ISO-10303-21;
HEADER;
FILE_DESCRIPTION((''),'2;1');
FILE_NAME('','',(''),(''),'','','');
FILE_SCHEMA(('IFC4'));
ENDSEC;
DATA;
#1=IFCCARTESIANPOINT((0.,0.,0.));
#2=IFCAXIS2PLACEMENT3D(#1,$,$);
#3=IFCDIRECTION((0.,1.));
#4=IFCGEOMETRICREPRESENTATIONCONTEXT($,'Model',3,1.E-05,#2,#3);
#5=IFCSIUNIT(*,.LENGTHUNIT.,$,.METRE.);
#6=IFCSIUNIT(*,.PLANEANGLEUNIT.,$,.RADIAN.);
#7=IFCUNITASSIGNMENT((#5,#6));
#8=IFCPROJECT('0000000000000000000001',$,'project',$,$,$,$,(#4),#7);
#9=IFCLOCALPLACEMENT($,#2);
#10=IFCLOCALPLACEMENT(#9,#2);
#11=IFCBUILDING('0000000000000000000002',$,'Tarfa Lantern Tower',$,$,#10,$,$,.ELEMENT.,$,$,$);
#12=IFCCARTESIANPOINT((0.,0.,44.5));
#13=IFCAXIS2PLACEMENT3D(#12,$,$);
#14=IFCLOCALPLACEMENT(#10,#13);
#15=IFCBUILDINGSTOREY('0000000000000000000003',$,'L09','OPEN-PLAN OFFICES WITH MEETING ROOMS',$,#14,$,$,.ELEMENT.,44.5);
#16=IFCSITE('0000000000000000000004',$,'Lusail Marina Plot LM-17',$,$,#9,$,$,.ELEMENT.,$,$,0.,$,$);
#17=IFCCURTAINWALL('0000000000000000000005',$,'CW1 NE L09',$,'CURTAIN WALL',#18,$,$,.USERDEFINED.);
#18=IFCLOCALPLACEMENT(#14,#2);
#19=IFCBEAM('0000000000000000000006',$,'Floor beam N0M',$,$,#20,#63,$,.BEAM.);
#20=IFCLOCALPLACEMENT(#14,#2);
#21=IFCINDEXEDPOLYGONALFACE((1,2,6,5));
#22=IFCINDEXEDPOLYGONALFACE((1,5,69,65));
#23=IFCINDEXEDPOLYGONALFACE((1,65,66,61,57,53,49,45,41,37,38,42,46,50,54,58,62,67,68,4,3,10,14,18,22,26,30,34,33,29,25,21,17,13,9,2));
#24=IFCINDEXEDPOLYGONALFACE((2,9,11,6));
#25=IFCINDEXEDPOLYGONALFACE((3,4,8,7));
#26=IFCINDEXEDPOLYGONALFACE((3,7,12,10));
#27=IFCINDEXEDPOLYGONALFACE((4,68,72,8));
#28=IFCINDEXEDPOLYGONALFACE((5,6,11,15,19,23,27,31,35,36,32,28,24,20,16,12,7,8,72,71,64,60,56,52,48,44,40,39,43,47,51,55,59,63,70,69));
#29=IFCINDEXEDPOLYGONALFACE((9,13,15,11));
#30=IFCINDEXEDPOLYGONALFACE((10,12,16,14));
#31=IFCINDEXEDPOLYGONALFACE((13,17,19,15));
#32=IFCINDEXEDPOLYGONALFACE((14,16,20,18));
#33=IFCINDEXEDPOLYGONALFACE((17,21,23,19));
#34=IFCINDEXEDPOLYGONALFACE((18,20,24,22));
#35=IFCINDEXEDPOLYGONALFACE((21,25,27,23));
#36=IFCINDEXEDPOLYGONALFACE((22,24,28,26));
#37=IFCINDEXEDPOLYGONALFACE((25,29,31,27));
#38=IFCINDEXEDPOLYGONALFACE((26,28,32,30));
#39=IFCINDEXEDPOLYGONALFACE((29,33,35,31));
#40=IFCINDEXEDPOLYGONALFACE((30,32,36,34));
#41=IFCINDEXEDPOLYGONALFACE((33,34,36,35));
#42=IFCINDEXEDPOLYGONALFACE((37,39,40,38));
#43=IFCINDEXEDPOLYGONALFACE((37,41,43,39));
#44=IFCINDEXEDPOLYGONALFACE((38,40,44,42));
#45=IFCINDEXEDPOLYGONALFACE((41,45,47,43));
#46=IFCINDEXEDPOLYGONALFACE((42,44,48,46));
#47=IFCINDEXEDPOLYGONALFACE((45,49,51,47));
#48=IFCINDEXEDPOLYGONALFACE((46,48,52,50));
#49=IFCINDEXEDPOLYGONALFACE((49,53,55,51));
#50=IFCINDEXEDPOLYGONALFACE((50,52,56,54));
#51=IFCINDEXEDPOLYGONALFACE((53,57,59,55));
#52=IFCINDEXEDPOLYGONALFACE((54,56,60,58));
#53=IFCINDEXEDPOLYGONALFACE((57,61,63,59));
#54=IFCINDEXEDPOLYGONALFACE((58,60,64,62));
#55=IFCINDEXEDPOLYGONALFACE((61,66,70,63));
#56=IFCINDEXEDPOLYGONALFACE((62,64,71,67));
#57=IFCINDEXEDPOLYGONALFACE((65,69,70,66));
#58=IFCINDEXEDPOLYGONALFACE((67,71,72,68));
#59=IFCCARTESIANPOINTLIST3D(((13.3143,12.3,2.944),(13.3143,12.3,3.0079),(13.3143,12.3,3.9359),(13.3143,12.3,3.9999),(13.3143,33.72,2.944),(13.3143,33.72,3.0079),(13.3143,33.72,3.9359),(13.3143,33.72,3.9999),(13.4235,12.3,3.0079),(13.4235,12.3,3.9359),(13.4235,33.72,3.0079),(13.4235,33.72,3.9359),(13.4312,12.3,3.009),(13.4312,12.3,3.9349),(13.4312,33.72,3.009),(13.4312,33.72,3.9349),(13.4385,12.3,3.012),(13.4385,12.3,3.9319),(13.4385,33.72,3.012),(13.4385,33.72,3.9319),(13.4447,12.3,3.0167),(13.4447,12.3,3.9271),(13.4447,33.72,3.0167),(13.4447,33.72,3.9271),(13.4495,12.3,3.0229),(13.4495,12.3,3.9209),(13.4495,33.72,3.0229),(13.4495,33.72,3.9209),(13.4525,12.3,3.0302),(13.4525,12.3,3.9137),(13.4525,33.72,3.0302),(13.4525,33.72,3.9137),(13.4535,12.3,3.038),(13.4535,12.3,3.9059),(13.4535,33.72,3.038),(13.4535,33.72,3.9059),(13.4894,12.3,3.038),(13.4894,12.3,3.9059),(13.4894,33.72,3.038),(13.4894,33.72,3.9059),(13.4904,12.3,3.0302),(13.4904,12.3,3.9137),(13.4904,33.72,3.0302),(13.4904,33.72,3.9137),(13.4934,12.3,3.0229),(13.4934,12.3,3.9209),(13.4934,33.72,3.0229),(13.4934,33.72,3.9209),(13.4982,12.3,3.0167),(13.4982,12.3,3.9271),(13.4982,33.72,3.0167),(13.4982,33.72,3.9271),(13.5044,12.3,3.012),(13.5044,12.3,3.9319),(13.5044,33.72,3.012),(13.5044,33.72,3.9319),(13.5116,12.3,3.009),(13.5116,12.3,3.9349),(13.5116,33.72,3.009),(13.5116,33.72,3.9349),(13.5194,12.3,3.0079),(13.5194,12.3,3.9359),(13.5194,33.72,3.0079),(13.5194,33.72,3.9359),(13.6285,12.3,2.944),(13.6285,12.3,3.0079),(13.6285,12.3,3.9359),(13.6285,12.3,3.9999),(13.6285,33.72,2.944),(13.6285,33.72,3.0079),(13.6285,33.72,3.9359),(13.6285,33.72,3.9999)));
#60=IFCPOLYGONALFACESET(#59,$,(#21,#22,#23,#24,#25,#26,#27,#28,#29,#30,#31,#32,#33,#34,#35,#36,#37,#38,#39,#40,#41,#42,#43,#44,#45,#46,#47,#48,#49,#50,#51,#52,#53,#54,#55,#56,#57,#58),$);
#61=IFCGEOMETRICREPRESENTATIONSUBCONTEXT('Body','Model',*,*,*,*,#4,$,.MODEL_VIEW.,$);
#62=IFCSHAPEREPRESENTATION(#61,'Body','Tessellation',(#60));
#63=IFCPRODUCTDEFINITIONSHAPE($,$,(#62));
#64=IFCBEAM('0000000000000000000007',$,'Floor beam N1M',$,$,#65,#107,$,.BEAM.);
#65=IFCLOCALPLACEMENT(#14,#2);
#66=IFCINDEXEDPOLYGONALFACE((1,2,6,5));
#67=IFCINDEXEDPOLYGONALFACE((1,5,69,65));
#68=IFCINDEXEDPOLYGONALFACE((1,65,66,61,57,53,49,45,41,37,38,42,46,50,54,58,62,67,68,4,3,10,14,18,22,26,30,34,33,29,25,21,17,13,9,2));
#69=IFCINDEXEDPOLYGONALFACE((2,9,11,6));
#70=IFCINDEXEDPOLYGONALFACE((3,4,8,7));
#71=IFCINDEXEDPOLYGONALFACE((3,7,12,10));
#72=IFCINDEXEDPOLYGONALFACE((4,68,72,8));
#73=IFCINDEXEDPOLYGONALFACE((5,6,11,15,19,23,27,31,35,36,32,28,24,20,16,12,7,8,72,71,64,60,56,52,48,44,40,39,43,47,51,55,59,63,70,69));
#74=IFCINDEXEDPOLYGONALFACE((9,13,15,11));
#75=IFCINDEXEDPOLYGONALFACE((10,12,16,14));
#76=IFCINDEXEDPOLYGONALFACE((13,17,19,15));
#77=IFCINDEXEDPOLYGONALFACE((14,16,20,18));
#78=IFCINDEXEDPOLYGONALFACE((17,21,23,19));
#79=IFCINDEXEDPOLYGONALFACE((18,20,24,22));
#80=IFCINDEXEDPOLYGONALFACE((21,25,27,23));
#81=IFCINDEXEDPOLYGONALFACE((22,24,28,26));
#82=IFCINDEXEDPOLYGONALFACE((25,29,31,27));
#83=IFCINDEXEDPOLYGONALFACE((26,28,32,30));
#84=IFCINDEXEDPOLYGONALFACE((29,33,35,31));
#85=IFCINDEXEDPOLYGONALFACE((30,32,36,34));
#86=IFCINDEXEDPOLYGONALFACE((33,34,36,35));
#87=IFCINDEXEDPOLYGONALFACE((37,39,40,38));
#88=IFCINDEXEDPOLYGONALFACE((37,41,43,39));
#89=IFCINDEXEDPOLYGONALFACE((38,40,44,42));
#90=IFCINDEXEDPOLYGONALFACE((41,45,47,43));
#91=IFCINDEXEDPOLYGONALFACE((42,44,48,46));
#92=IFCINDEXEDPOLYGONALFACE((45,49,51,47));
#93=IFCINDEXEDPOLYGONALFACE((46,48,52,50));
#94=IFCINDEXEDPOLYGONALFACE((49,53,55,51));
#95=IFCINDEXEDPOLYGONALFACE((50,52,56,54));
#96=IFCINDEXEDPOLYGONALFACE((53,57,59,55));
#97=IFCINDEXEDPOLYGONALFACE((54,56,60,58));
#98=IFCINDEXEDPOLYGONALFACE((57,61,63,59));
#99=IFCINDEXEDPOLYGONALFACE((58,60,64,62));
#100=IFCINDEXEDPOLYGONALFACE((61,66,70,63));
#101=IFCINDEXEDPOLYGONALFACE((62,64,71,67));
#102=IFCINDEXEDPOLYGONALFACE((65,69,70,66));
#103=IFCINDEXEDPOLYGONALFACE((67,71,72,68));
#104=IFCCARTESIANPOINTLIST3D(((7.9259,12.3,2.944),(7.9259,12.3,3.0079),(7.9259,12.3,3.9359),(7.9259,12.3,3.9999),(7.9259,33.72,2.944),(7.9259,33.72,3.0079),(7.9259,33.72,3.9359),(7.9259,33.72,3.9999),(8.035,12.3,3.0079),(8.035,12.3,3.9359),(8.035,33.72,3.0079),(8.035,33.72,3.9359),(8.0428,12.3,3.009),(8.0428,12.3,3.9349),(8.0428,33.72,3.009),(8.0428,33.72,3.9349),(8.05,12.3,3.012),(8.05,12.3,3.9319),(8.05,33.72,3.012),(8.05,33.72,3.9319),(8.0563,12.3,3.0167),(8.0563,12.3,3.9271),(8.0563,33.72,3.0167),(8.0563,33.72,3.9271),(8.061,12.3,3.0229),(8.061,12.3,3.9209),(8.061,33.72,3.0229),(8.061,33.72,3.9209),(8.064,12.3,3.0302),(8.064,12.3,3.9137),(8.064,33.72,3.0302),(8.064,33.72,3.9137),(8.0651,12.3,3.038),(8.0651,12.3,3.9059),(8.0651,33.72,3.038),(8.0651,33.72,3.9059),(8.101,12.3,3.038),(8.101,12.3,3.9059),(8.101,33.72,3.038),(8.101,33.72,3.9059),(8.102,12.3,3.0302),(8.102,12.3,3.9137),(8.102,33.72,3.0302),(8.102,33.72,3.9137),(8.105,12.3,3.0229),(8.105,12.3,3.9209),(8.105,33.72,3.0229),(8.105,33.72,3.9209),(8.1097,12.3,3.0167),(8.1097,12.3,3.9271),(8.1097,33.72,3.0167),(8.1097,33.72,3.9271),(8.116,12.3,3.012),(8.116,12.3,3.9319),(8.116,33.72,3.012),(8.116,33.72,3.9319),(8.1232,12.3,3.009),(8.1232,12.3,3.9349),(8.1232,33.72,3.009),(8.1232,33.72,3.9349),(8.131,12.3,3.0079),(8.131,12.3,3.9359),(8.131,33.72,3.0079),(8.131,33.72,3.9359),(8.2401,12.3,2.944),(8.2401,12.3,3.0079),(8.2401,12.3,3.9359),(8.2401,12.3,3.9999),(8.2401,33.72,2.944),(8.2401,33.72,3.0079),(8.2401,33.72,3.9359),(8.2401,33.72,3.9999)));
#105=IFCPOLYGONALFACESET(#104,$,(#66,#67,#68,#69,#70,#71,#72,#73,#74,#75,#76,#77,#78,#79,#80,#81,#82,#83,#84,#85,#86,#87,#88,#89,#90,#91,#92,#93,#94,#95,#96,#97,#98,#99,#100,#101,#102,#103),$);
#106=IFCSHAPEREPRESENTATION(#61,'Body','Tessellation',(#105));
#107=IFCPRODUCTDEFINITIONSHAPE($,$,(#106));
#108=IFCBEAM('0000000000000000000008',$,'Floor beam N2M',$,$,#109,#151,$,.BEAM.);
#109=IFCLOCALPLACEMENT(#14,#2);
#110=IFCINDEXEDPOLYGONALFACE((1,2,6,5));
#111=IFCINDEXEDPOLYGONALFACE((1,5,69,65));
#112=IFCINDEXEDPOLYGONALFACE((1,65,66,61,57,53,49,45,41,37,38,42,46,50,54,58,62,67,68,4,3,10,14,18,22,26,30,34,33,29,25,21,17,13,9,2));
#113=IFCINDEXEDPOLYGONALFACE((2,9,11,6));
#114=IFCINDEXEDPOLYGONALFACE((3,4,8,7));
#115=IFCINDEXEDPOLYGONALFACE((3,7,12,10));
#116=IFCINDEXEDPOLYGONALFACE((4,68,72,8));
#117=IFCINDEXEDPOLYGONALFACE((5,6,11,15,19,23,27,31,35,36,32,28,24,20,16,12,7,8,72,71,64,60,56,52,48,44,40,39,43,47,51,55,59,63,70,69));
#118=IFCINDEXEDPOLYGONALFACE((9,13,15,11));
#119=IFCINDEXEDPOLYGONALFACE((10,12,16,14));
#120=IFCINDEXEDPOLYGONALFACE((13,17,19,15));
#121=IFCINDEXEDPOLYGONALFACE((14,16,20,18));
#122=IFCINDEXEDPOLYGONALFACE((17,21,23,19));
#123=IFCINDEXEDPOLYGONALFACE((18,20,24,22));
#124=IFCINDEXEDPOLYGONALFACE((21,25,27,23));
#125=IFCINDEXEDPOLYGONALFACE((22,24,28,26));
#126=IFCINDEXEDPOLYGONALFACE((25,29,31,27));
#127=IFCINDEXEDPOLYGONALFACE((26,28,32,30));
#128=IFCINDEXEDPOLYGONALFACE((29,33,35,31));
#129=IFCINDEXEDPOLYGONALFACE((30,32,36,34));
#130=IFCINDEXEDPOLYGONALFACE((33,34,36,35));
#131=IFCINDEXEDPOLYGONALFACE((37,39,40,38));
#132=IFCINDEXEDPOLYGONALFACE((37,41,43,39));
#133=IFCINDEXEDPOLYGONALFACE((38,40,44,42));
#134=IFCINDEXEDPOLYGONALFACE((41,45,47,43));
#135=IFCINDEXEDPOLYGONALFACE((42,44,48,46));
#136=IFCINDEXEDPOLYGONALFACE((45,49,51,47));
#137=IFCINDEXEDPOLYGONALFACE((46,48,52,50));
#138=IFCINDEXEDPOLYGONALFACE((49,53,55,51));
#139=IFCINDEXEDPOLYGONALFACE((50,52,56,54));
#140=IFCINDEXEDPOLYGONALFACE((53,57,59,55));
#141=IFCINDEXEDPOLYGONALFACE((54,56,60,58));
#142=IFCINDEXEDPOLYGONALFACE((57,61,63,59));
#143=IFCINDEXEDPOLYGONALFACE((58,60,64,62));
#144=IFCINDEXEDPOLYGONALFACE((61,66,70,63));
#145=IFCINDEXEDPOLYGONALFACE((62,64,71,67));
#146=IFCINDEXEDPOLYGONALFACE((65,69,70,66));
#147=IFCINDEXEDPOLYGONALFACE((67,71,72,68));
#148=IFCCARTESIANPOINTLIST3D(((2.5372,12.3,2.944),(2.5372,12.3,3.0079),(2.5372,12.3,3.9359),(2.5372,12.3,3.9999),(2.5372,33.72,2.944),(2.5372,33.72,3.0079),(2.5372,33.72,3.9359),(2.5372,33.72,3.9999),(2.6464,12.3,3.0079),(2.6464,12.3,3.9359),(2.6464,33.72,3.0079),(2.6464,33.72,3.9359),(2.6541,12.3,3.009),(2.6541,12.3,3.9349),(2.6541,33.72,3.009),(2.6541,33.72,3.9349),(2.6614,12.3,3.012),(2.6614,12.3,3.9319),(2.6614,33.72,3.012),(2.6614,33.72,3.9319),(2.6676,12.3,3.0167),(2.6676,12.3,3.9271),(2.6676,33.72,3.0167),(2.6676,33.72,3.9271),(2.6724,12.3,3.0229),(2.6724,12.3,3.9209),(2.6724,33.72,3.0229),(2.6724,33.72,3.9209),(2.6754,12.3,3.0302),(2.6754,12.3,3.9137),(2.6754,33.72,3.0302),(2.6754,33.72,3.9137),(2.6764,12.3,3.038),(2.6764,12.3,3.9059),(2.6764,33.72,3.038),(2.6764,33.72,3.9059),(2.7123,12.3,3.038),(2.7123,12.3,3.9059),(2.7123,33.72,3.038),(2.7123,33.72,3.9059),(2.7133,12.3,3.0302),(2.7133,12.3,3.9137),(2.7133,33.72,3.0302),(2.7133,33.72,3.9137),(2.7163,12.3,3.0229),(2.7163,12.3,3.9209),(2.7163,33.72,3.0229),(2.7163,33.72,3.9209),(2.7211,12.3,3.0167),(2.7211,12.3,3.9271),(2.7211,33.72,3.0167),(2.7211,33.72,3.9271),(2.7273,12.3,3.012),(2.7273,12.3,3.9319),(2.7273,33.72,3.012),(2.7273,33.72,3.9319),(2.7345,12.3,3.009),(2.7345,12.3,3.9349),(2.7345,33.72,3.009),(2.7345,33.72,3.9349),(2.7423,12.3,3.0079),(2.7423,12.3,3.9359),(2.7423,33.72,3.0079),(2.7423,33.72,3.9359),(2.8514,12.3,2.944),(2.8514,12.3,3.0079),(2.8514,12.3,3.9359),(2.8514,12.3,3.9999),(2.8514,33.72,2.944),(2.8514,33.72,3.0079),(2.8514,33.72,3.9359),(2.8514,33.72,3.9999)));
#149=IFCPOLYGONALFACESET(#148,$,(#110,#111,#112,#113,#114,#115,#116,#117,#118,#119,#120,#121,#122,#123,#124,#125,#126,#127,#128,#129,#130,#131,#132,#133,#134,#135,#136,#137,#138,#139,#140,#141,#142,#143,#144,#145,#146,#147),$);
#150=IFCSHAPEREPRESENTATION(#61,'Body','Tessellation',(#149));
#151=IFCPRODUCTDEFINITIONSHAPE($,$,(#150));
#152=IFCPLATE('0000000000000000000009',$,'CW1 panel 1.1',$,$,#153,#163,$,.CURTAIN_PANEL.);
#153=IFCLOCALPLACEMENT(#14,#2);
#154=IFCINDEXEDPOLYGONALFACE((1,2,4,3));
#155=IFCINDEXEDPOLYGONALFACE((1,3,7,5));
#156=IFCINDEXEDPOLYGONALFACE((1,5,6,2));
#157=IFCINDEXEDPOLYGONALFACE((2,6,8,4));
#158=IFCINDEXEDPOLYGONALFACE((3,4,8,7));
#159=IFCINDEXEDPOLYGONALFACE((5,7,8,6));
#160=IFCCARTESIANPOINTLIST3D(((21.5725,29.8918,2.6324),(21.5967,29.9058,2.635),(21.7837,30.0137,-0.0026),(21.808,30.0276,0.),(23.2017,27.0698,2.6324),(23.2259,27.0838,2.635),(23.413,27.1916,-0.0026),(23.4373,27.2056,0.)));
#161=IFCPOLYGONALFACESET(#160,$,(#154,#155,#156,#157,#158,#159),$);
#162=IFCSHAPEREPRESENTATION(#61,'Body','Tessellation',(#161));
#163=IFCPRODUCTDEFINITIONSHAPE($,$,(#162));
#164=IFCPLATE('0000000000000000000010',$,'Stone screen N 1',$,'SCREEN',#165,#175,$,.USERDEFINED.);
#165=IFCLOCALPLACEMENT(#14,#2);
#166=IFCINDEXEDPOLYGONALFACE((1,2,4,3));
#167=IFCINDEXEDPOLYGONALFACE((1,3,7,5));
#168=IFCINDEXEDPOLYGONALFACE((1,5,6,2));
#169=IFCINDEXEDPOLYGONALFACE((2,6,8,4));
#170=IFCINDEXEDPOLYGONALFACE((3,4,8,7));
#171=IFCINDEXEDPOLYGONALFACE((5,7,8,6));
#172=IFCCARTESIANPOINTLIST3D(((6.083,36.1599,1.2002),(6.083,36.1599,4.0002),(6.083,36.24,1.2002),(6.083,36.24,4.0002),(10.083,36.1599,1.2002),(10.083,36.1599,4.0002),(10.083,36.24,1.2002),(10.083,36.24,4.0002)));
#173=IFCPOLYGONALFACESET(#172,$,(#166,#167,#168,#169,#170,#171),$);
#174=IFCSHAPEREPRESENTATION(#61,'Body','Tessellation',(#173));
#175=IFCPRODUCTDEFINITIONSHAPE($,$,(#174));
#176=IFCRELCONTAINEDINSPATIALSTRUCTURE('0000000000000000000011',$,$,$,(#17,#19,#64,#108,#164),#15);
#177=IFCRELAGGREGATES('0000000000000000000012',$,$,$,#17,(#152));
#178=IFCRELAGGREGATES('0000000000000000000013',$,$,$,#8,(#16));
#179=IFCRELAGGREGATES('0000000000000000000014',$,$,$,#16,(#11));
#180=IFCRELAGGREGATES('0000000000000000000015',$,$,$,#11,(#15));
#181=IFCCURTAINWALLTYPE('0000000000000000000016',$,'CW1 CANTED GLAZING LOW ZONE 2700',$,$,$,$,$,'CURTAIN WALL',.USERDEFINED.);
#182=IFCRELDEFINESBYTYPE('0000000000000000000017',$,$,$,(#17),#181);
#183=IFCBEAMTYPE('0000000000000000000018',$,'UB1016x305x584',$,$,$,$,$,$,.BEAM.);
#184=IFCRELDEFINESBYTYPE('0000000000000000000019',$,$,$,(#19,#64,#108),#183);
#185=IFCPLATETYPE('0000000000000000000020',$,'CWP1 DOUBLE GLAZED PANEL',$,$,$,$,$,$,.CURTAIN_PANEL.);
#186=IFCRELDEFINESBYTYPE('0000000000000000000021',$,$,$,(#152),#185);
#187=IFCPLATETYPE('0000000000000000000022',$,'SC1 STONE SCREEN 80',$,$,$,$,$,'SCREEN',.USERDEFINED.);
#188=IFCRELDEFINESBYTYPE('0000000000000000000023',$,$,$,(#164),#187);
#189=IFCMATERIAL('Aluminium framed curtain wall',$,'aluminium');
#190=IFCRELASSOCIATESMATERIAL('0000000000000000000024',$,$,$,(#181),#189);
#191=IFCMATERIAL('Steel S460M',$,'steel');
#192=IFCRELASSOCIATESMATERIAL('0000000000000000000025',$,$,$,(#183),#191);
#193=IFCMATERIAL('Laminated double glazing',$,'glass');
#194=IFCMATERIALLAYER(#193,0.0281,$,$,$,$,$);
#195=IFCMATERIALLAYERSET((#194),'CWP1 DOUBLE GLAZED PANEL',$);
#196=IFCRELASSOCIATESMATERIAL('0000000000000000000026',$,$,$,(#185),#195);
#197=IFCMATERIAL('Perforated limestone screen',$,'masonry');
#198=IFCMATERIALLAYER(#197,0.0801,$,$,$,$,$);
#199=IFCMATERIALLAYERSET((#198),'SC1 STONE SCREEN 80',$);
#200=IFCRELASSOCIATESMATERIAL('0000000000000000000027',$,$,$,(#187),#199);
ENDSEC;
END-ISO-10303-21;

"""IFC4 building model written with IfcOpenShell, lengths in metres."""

from ifc_helpers import new_model, si_unit, direction, frame, origin, origin_2d, place, context, subcontext, project, spatial, polyline, rectangle, i_section, outline, extrude, material, layer, layer_set, material_profile, profile_set, type_object, element, aggregate, save


model = new_model("IFC4")

# Units and contexts
model_context = context("Model", 3, precision=1e-05, world=origin(), true_north=direction((0.0, 1.0)))
body_context = subcontext(model_context, "Body", "Model", "MODEL_VIEW")
ifc_project = project(units=[si_unit("LENGTHUNIT", "METRE"), si_unit("PLANEANGLEUNIT", "RADIAN")], contexts=[model_context])

# Site, building, storey
site_placement = place(None, origin())
site = spatial("IfcSite", under=ifc_project, at=site_placement, Name="Lusail Marina Plot LM-17", CompositionType="ELEMENT", RefElevation=0.0)
building_placement = place(site_placement, origin())
building = spatial("IfcBuilding", under=site, at=building_placement, Name="Tarfa Lantern Tower", CompositionType="ELEMENT")
storey_placement = place(building_placement, frame((0.0, 0.0, 44.5)))
storey = spatial("IfcBuildingStorey", under=building, at=storey_placement, Name="L09", Description="OPEN-PLAN OFFICES WITH MEETING ROOMS", CompositionType="ELEMENT", Elevation=44.5)

# Curtain wall
ifc_material_1 = material(Name="Aluminium framed curtain wall", Category="aluminium")
curtain_wall_type = type_object("IfcCurtainWallType", Name="CW1 CANTED GLAZING LOW ZONE 2700", ElementType="CURTAIN WALL", PredefinedType="USERDEFINED", material=ifc_material_1)
curtain_wall_placement = place(storey_placement, origin())
curtain_wall = element("IfcCurtainWall", 1, at=curtain_wall_placement, inside=storey, type_object=curtain_wall_type, Name="CW1 NE L09", ObjectType="CURTAIN WALL", PredefinedType="USERDEFINED")

# Beams
ifc_material_2 = material(Name="Steel S460M", Category="steel")
ifc_material_profile_1 = material_profile(ifc_material_2, i_section(OverallWidth=0.3142, OverallDepth=1.0559, WebThickness=0.0359, FlangeThickness=0.064, FilletRadius=0.03, at=origin_2d()), Name="UB1016x305x584")
ifc_profile_set_1 = profile_set([ifc_material_profile_1], Name="Steel S460M")
beam_type_1 = type_object("IfcBeamType", Name="UB1016x305x584", PredefinedType="BEAM", material=ifc_profile_set_1)
for number, where, z_axis, x_axis, name in (
    (2, (13.4714, 33.72, 3.4719), (0.0, -1.0, 0.0), (1.0, 0.0, 0.0), "Floor beam N0M"),
    (3, (8.083, 33.72, 3.4719), (0.0, -1.0, 0.0), (1.0, 0.0, 0.0), "Floor beam N1M"),
    (4, (2.6943, 33.72, 3.4719), (0.0, -1.0, 0.0), (1.0, 0.0, 0.0), "Floor beam N2M"),
):
    element("IfcBeam", number, at=place(storey_placement, frame(where, z_axis=z_axis, x_axis=x_axis)), inside=storey, type_object=beam_type_1, Name=name, PredefinedType="BEAM", context=body_context, shape_type="SweptSolid", body=[
        extrude(i_section(OverallWidth=0.3142, OverallDepth=1.0559, WebThickness=0.0359, FlangeThickness=0.064, FilletRadius=0.03, at=origin_2d()), origin(), (0.0, 0.0, 1.0), 21.4199),
    ])

# Plates
ifc_material_3 = material(Name="Laminated double glazing", Category="glass")
ifc_layer_1 = layer(ifc_material_3, 0.0281)
ifc_layer_set_1 = layer_set([ifc_layer_1], Name="CWP1 DOUBLE GLAZED PANEL")
plate_type_1 = type_object("IfcPlateType", Name="CWP1 DOUBLE GLAZED PANEL", PredefinedType="CURTAIN_PANEL", material=ifc_layer_set_1)
plate_1_placement = place(storey_placement, frame((23.4373, 27.2056, 0.0), z_axis=(0.862342, 0.497867, 0.09217), x_axis=(-0.499995, 0.866028, 0.000003)))
plate_1 = element("IfcPlate", 5, at=plate_1_placement, type_object=plate_type_1, Name="CW1 panel 1.1", PredefinedType="CURTAIN_PANEL", context=body_context, shape_type="SweptSolid", body=[
    extrude(outline(polyline([(0.0, 0.0), (3.2586, 0.0), (3.2587, 2.6463), (0.0002, 2.6463), (0.0, 0.0)])), origin(), (0.0, 0.0, -1.0), 0.0281),
])
aggregate(curtain_wall, [plate_1])
ifc_material_4 = material(Name="Perforated limestone screen", Category="masonry")
ifc_layer_2 = layer(ifc_material_4, 0.0801)
ifc_layer_set_2 = layer_set([ifc_layer_2], Name="SC1 STONE SCREEN 80")
plate_type_2 = type_object("IfcPlateType", Name="SC1 STONE SCREEN 80", ElementType="SCREEN", PredefinedType="USERDEFINED", material=ifc_layer_set_2)
plate_2_placement = place(storey_placement, frame((8.083, 36.2, 1.2002), z_axis=(0.0, 0.0, 1.0), x_axis=(-1.0, 0.0, 0.0)))
element("IfcPlate", 6, at=plate_2_placement, inside=storey, type_object=plate_type_2, Name="Stone screen N 1", ObjectType="SCREEN", PredefinedType="USERDEFINED", context=body_context, shape_type="SweptSolid", body=[
    extrude(rectangle(XDim=4.0, YDim=0.0801, at=origin_2d()), origin(), (0.0, 0.0, 1.0), 2.8),
])

save(model, "model.ifc")
